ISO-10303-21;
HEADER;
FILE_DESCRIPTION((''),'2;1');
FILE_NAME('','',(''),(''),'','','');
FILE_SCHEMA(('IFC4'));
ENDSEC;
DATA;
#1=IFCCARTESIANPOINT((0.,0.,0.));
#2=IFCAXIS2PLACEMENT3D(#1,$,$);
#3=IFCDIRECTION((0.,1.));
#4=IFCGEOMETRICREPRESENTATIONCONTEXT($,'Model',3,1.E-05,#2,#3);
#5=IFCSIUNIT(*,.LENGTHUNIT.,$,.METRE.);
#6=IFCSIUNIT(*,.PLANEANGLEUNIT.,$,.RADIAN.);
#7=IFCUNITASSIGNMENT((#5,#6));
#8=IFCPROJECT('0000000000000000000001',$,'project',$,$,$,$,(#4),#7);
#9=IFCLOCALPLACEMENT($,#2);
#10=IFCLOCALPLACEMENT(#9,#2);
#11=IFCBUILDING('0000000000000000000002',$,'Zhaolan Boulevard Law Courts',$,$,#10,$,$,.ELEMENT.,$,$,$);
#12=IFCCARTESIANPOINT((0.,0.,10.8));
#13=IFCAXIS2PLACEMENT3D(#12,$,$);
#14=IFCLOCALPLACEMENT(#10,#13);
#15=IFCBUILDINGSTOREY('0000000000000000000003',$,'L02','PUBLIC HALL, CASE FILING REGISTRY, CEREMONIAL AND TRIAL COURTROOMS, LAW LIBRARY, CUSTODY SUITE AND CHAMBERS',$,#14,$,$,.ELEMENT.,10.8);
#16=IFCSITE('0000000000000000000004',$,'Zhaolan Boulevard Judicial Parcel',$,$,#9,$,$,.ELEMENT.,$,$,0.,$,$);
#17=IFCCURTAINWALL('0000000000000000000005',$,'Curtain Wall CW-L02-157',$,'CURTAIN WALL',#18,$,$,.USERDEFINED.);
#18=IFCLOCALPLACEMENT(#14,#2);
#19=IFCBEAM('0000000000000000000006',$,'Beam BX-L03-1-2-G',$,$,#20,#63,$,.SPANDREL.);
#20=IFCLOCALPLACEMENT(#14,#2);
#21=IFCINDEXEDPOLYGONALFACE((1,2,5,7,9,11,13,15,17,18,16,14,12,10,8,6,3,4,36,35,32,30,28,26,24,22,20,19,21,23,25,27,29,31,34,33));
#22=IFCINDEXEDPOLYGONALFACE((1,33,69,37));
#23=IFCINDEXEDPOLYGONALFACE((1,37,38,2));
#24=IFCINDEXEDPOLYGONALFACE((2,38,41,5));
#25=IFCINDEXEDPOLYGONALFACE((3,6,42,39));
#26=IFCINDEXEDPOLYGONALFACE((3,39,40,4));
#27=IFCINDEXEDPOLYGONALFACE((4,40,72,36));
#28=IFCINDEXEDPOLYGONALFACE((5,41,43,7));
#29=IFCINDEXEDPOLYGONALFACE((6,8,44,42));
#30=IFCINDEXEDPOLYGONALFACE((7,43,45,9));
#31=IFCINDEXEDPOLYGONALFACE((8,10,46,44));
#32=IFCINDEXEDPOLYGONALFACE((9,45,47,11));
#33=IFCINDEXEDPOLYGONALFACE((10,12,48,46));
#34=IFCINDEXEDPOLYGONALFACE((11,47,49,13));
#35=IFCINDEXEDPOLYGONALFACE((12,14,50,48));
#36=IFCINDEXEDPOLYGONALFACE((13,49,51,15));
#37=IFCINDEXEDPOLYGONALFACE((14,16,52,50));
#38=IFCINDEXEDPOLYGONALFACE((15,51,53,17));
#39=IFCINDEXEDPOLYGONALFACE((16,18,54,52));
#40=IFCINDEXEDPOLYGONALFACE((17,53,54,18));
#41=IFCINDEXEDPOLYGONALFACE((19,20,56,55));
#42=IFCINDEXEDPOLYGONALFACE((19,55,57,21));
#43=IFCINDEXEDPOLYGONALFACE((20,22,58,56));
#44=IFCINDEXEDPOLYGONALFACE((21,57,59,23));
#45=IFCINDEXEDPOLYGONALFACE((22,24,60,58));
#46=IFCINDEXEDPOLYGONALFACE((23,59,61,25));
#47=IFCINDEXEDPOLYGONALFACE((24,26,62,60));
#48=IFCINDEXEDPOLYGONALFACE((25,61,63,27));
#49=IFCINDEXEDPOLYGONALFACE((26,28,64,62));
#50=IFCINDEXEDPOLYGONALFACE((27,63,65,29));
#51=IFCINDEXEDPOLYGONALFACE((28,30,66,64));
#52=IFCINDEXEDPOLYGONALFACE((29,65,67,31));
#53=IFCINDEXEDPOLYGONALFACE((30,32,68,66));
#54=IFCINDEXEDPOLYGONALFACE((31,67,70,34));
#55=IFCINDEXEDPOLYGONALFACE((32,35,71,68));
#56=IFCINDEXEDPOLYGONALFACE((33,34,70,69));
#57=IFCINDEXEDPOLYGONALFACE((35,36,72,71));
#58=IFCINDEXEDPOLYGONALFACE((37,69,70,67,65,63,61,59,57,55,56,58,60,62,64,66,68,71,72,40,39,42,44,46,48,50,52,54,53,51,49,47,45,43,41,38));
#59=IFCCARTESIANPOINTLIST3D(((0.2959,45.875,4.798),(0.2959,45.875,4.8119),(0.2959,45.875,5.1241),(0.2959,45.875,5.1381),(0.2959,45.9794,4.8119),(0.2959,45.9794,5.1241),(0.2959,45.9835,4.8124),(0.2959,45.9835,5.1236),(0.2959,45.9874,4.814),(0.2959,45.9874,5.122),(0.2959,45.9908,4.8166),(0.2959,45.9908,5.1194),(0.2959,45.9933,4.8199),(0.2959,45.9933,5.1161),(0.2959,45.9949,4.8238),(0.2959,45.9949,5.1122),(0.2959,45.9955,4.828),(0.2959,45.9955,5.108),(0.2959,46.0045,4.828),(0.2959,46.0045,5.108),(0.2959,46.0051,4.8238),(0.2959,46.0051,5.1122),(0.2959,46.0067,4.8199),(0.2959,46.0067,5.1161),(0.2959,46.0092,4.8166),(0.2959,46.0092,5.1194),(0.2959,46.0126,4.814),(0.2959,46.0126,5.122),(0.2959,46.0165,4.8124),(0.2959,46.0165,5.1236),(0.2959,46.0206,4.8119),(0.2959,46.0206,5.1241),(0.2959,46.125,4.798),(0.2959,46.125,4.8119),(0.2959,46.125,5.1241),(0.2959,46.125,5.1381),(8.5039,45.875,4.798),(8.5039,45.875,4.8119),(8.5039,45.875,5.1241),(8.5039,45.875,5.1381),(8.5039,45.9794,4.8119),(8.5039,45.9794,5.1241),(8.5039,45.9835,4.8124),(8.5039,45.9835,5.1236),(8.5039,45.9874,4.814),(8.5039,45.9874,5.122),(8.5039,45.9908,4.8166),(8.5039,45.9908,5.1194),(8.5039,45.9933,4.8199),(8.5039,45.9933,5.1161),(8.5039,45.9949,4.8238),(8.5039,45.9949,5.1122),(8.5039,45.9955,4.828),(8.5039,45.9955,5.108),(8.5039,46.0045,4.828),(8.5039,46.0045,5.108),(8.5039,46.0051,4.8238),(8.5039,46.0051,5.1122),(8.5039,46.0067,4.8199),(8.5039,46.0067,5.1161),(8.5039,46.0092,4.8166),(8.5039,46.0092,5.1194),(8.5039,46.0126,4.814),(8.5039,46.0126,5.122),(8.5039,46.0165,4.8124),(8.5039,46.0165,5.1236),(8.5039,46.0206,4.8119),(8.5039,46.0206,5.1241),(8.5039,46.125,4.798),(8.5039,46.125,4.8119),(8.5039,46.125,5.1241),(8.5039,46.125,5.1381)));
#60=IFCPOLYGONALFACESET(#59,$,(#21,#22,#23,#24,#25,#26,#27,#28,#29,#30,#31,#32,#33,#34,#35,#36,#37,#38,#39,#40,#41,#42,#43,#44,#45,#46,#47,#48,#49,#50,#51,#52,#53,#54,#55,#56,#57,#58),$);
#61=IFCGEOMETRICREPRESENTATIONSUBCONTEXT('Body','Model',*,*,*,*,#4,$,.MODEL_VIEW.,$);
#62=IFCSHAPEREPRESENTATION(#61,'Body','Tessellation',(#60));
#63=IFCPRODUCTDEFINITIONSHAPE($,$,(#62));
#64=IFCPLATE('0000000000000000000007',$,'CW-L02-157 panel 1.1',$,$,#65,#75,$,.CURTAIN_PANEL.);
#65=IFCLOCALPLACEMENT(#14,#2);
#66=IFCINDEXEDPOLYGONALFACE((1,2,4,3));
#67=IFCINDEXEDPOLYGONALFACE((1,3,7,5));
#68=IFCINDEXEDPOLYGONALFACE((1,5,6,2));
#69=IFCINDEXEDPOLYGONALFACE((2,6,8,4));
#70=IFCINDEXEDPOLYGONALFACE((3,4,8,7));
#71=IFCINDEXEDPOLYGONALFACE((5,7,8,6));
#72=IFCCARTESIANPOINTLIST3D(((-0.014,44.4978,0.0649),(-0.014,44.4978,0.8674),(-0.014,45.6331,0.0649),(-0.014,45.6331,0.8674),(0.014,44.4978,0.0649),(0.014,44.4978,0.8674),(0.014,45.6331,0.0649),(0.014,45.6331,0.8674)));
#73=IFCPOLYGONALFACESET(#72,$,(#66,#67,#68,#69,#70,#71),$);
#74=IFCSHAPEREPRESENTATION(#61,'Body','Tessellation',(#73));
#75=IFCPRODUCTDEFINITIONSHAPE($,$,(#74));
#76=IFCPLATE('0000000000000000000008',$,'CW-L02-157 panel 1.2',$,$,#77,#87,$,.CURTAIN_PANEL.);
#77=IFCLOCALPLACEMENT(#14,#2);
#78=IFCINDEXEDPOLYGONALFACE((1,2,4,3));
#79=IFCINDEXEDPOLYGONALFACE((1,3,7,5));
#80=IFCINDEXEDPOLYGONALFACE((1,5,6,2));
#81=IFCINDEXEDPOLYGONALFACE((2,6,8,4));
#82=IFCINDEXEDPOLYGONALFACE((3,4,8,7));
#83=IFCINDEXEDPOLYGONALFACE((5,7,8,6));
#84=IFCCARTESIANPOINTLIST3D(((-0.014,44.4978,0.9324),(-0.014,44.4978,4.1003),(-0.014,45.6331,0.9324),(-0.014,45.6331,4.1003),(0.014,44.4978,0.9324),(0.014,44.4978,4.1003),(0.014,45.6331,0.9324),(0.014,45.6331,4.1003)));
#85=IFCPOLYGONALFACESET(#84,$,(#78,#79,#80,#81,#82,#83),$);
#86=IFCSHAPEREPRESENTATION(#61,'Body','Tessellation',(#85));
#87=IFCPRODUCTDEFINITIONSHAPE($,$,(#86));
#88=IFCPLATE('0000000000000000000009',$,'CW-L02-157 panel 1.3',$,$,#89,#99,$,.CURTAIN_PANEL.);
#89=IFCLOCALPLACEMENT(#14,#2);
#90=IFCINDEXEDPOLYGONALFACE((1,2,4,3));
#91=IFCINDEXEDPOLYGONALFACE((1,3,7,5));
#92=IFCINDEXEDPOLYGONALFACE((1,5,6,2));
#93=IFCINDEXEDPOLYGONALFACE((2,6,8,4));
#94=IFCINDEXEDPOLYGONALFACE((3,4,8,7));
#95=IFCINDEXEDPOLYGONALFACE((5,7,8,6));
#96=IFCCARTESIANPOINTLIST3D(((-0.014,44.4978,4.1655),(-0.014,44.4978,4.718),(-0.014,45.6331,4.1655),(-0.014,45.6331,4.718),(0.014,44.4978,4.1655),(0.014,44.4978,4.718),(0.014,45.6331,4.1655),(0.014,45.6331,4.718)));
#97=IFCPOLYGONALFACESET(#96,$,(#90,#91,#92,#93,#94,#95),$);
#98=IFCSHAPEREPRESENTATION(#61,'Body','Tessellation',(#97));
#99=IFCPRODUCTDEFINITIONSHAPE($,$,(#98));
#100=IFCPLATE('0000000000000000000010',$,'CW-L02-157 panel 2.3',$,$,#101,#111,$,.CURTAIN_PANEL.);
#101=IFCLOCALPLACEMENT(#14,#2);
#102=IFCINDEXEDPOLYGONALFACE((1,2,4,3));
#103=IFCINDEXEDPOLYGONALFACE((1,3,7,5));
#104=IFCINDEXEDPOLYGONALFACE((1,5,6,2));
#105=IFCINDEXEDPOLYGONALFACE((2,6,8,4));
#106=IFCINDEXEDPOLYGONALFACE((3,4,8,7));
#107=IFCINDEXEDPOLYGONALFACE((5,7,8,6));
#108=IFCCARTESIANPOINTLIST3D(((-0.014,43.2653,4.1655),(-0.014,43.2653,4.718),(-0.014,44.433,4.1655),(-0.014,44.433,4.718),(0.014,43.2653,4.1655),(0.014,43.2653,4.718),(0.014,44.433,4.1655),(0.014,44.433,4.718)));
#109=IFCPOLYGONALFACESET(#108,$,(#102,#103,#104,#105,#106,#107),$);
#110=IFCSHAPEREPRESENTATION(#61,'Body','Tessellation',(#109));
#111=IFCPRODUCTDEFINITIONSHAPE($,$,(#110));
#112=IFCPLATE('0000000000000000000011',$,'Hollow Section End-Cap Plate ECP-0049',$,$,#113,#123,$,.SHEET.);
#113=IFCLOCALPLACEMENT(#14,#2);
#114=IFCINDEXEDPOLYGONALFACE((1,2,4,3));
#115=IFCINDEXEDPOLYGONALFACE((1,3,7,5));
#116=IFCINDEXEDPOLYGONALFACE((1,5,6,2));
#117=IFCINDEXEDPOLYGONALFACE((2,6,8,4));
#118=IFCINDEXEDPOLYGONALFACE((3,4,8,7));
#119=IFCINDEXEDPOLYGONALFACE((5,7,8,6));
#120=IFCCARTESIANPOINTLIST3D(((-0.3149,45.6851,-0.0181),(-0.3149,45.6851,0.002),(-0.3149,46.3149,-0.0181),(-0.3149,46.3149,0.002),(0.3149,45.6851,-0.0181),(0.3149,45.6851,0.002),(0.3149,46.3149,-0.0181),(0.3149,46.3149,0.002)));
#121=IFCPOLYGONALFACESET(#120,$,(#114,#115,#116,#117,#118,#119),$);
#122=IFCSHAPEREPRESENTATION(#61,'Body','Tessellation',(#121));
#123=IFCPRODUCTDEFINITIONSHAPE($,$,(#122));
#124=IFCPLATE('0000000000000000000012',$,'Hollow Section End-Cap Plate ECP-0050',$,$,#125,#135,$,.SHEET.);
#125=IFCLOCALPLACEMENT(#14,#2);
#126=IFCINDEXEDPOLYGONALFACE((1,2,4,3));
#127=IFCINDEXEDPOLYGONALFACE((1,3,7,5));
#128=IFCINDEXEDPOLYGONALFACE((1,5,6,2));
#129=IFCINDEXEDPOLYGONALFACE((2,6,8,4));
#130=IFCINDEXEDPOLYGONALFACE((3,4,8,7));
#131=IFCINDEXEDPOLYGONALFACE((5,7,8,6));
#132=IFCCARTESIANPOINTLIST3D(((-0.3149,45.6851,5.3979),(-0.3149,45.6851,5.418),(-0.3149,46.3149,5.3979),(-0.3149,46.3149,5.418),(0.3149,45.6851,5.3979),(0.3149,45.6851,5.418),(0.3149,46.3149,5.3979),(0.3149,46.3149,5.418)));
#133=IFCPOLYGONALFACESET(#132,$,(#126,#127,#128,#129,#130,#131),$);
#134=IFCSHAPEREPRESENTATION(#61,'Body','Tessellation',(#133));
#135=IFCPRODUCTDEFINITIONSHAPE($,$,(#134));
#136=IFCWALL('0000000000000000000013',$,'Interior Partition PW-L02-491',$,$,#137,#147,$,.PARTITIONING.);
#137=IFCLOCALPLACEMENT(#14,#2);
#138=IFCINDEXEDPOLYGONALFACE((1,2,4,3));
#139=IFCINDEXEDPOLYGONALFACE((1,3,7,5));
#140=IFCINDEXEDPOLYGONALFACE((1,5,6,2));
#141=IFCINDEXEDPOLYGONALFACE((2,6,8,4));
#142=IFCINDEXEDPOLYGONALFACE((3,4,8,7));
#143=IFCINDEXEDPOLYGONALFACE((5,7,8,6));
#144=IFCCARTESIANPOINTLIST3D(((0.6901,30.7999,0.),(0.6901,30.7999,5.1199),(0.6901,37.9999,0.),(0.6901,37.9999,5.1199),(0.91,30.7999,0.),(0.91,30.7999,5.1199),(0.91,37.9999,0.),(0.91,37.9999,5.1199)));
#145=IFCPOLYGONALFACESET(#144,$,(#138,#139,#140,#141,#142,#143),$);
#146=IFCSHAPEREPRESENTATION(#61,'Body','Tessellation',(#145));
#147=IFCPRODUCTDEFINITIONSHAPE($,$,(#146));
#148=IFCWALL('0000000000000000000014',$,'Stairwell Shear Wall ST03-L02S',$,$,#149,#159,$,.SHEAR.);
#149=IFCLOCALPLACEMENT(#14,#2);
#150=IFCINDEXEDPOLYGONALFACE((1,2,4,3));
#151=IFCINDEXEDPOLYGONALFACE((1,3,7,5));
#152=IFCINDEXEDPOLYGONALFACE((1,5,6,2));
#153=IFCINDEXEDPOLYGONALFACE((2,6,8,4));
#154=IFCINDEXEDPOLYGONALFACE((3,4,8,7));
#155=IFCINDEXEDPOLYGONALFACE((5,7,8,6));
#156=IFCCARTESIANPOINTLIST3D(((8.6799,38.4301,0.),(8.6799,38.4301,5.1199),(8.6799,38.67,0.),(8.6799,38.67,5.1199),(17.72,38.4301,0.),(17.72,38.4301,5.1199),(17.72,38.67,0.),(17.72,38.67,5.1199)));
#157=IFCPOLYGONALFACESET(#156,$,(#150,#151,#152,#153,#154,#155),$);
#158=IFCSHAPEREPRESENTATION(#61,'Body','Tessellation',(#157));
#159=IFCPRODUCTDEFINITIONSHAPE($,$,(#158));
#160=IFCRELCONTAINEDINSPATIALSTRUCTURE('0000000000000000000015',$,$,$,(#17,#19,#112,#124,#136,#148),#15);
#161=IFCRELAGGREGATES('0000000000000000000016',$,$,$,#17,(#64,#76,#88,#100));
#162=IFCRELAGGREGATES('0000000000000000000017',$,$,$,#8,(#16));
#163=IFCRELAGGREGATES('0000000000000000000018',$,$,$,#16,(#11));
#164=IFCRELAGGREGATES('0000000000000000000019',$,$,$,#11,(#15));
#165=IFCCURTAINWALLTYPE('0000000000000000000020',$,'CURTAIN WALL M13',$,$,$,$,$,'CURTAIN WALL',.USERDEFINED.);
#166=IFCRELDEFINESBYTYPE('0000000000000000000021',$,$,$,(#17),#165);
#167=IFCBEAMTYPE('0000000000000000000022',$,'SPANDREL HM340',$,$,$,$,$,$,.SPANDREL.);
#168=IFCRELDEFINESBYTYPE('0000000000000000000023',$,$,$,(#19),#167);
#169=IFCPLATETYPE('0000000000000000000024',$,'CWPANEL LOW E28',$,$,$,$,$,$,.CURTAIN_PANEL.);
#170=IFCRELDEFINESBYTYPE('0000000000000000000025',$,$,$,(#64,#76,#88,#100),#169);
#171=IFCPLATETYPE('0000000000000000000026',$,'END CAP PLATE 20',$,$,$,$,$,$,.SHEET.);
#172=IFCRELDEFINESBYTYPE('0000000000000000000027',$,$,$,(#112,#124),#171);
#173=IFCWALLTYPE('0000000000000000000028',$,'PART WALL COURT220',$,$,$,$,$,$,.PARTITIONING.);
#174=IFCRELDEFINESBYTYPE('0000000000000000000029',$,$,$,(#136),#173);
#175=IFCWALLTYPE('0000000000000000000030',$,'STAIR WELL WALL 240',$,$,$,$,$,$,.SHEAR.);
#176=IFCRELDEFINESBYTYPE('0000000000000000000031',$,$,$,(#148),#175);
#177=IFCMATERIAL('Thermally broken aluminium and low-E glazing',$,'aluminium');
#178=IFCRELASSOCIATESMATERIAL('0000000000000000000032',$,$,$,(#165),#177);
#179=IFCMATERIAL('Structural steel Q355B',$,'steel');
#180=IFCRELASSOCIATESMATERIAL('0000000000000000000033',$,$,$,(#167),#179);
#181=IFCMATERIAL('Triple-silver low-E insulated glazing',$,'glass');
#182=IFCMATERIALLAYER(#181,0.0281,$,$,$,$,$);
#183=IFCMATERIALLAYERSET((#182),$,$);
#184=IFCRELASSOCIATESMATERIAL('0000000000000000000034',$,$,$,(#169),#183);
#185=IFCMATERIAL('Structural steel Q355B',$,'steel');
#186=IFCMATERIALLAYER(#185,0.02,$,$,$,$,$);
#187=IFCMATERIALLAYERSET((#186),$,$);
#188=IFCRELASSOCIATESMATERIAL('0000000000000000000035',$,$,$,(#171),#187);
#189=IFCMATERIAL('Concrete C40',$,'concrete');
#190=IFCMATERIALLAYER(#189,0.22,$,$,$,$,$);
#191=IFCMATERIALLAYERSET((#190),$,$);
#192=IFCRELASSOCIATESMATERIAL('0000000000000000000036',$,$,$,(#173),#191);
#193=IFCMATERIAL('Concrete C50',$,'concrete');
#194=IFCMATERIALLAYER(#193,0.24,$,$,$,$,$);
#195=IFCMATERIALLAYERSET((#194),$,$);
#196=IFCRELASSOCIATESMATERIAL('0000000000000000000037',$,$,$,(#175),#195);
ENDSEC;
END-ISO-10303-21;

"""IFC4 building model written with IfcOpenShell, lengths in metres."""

from ifc_helpers import new_model, si_unit, direction, frame, frame_2d, origin, origin_2d, place, context, subcontext, project, spatial, rectangle, i_section, extrude, material, layer, layer_set, material_profile, profile_set, type_object, element, aggregate, save


model = new_model("IFC4")

# Units and contexts
model_context = context("Model", 3, precision=1e-05, world=origin(), true_north=direction((0.0, 1.0)))
body_context = subcontext(model_context, "Body", "Model", "MODEL_VIEW")
ifc_project = project(units=[si_unit("LENGTHUNIT", "METRE"), si_unit("PLANEANGLEUNIT", "RADIAN")], contexts=[model_context])

# Site, building, storey
site_placement = place(None, origin())
site = spatial("IfcSite", under=ifc_project, at=site_placement, Name="Zhaolan Boulevard Judicial Parcel", CompositionType="ELEMENT", RefElevation=0.0)
building_placement = place(site_placement, origin())
building = spatial("IfcBuilding", under=site, at=building_placement, Name="Zhaolan Boulevard Law Courts", CompositionType="ELEMENT")
storey_placement = place(building_placement, frame((0.0, 0.0, 10.8)))
storey = spatial("IfcBuildingStorey", under=building, at=storey_placement, Name="L02", Description="PUBLIC HALL, CASE FILING REGISTRY, CEREMONIAL AND TRIAL COURTROOMS, LAW LIBRARY, CUSTODY SUITE AND CHAMBERS", CompositionType="ELEMENT", Elevation=10.8)

# Curtain wall
ifc_material_1 = material(Name="Thermally broken aluminium and low-E glazing", Category="aluminium")
curtain_wall_type = type_object("IfcCurtainWallType", Name="CURTAIN WALL M13", ElementType="CURTAIN WALL", PredefinedType="USERDEFINED", material=ifc_material_1)
curtain_wall_placement = place(storey_placement, origin())
curtain_wall = element("IfcCurtainWall", 1, at=curtain_wall_placement, inside=storey, type_object=curtain_wall_type, Name="Curtain Wall CW-L02-157", ObjectType="CURTAIN WALL", PredefinedType="USERDEFINED")

# Beam
ifc_material_2 = material(Name="Structural steel Q355B", Category="steel")
ifc_material_profile_1 = material_profile(ifc_material_2, i_section(OverallWidth=0.25, OverallDepth=0.3401, WebThickness=0.009, FlangeThickness=0.0139, FilletRadius=0.0161, at=origin_2d()), Name="HM340x250")
ifc_profile_set_1 = profile_set([ifc_material_profile_1], Name="Structural steel Q355B")
beam_type_1 = type_object("IfcBeamType", Name="SPANDREL HM340", PredefinedType="SPANDREL", material=ifc_profile_set_1)
beam_1_placement = place(storey_placement, frame((0.2959, 46.0, 4.968), z_axis=(1.0, 0.0, 0.0), x_axis=(0.0, 1.0, 0.0)))
element("IfcBeam", 2, at=beam_1_placement, inside=storey, type_object=beam_type_1, Name="Beam BX-L03-1-2-G", PredefinedType="SPANDREL", context=body_context, shape_type="SweptSolid", body=[
    extrude(i_section(OverallWidth=0.25, OverallDepth=0.3401, WebThickness=0.009, FlangeThickness=0.0139, FilletRadius=0.0161, at=origin_2d()), origin(), (0.0, 0.0, 1.0), 8.208),
])

# Plates
ifc_material_3 = material(Name="Triple-silver low-E insulated glazing", Category="glass")
ifc_layer_1 = layer(ifc_material_3, 0.0281)
ifc_layer_set_1 = layer_set([ifc_layer_1])
plate_type_1 = type_object("IfcPlateType", Name="CWPANEL LOW E28", PredefinedType="CURTAIN_PANEL", material=ifc_layer_set_1)
plate_1_placement = place(storey_placement, frame((0.0, 45.0654, 0.0649), z_axis=(0.0, 0.0, 1.0), x_axis=(0.0, -1.0, 0.0)))
plate_1 = element("IfcPlate", 3, at=plate_1_placement, type_object=plate_type_1, Name="CW-L02-157 panel 1.1", PredefinedType="CURTAIN_PANEL", context=body_context, shape_type="SweptSolid", body=[
    extrude(rectangle(XDim=1.1353, YDim=0.0281, at=origin_2d()), origin(), (0.0, 0.0, 1.0), 0.8025),
])
plate_2_placement = place(storey_placement, frame((0.0, 45.0654, 0.9324), z_axis=(0.0, 0.0, 1.0), x_axis=(0.0, -1.0, 0.0)))
plate_2 = element("IfcPlate", 4, at=plate_2_placement, type_object=plate_type_1, Name="CW-L02-157 panel 1.2", PredefinedType="CURTAIN_PANEL", context=body_context, shape_type="SweptSolid", body=[
    extrude(rectangle(XDim=1.1353, YDim=0.0281, at=origin_2d()), origin(), (0.0, 0.0, 1.0), 3.168),
])
plate_3_placement = place(storey_placement, frame((0.0, 45.0654, 4.1655), z_axis=(0.0, 0.0, 1.0), x_axis=(0.0, -1.0, 0.0)))
plate_3 = element("IfcPlate", 5, at=plate_3_placement, type_object=plate_type_1, Name="CW-L02-157 panel 1.3", PredefinedType="CURTAIN_PANEL", context=body_context, shape_type="SweptSolid", body=[
    extrude(rectangle(XDim=1.1353, YDim=0.0281, at=origin_2d()), origin(), (0.0, 0.0, 1.0), 0.5525),
])
plate_4_placement = place(storey_placement, frame((0.0, 43.8491, 4.1655), z_axis=(0.0, 0.0, 1.0), x_axis=(0.0, -1.0, 0.0)))
plate_4 = element("IfcPlate", 6, at=plate_4_placement, type_object=plate_type_1, Name="CW-L02-157 panel 2.3", PredefinedType="CURTAIN_PANEL", context=body_context, shape_type="SweptSolid", body=[
    extrude(rectangle(XDim=1.1677, YDim=0.0281, at=origin_2d()), origin(), (0.0, 0.0, 1.0), 0.5525),
])
aggregate(curtain_wall, [plate_1, plate_2, plate_3, plate_4])

# Plates
ifc_material_4 = material(Name="Structural steel Q355B", Category="steel")
ifc_layer_2 = layer(ifc_material_4, 0.02)
ifc_layer_set_2 = layer_set([ifc_layer_2])
plate_type_2 = type_object("IfcPlateType", Name="END CAP PLATE 20", PredefinedType="SHEET", material=ifc_layer_set_2)
for number, where, z_axis, x_axis, name in (
    (7, (0.0, 46.0, -0.0181), (0.0, 0.0, 1.0), (1.0, 0.0, 0.0), "Hollow Section End-Cap Plate ECP-0049"),
    (8, (0.0, 46.0, 5.3979), (0.0, 0.0, 1.0), (1.0, 0.0, 0.0), "Hollow Section End-Cap Plate ECP-0050"),
):
    element("IfcPlate", number, at=place(storey_placement, frame(where, z_axis=z_axis, x_axis=x_axis)), inside=storey, type_object=plate_type_2, Name=name, PredefinedType="SHEET", context=body_context, shape_type="SweptSolid", body=[
        extrude(rectangle(XDim=0.6299, YDim=0.6299, at=origin_2d()), origin(), (0.0, 0.0, 1.0), 0.02),
    ])

# Walls
ifc_material_5 = material(Name="Concrete C40", Category="concrete")
ifc_layer_3 = layer(ifc_material_5, 0.22)
ifc_layer_set_3 = layer_set([ifc_layer_3])
wall_type_1 = type_object("IfcWallType", Name="PART WALL COURT220", PredefinedType="PARTITIONING", material=ifc_layer_set_3)
wall_1_placement = place(storey_placement, frame((0.8, 38.0, 0.0), z_axis=(0.0, 0.0, 1.0), x_axis=(0.0, -1.0, 0.0)))
element("IfcWall", 9, at=wall_1_placement, inside=storey, type_object=wall_type_1, Name="Interior Partition PW-L02-491", PredefinedType="PARTITIONING", context=body_context, shape_type="SweptSolid", body=[
    extrude(rectangle(XDim=7.2, YDim=0.22, at=frame_2d((3.6001, 0.0))), origin(), (0.0, 0.0, 1.0), 5.1199),
])
ifc_material_6 = material(Name="Concrete C50", Category="concrete")
ifc_layer_4 = layer(ifc_material_6, 0.24)
ifc_layer_set_4 = layer_set([ifc_layer_4])
wall_type_2 = type_object("IfcWallType", Name="STAIR WELL WALL 240", PredefinedType="SHEAR", material=ifc_layer_set_4)
wall_2_placement = place(storey_placement, frame((8.6799, 38.55, 0.0), z_axis=(0.0, 0.0, 1.0), x_axis=(1.0, 0.0, 0.0)))
element("IfcWall", 10, at=wall_2_placement, inside=storey, type_object=wall_type_2, Name="Stairwell Shear Wall ST03-L02S", PredefinedType="SHEAR", context=body_context, shape_type="SweptSolid", body=[
    extrude(rectangle(XDim=9.04, YDim=0.24, at=frame_2d((4.52, 0.0))), origin(), (0.0, 0.0, 1.0), 5.1199),
])

save(model, "model.ifc")
